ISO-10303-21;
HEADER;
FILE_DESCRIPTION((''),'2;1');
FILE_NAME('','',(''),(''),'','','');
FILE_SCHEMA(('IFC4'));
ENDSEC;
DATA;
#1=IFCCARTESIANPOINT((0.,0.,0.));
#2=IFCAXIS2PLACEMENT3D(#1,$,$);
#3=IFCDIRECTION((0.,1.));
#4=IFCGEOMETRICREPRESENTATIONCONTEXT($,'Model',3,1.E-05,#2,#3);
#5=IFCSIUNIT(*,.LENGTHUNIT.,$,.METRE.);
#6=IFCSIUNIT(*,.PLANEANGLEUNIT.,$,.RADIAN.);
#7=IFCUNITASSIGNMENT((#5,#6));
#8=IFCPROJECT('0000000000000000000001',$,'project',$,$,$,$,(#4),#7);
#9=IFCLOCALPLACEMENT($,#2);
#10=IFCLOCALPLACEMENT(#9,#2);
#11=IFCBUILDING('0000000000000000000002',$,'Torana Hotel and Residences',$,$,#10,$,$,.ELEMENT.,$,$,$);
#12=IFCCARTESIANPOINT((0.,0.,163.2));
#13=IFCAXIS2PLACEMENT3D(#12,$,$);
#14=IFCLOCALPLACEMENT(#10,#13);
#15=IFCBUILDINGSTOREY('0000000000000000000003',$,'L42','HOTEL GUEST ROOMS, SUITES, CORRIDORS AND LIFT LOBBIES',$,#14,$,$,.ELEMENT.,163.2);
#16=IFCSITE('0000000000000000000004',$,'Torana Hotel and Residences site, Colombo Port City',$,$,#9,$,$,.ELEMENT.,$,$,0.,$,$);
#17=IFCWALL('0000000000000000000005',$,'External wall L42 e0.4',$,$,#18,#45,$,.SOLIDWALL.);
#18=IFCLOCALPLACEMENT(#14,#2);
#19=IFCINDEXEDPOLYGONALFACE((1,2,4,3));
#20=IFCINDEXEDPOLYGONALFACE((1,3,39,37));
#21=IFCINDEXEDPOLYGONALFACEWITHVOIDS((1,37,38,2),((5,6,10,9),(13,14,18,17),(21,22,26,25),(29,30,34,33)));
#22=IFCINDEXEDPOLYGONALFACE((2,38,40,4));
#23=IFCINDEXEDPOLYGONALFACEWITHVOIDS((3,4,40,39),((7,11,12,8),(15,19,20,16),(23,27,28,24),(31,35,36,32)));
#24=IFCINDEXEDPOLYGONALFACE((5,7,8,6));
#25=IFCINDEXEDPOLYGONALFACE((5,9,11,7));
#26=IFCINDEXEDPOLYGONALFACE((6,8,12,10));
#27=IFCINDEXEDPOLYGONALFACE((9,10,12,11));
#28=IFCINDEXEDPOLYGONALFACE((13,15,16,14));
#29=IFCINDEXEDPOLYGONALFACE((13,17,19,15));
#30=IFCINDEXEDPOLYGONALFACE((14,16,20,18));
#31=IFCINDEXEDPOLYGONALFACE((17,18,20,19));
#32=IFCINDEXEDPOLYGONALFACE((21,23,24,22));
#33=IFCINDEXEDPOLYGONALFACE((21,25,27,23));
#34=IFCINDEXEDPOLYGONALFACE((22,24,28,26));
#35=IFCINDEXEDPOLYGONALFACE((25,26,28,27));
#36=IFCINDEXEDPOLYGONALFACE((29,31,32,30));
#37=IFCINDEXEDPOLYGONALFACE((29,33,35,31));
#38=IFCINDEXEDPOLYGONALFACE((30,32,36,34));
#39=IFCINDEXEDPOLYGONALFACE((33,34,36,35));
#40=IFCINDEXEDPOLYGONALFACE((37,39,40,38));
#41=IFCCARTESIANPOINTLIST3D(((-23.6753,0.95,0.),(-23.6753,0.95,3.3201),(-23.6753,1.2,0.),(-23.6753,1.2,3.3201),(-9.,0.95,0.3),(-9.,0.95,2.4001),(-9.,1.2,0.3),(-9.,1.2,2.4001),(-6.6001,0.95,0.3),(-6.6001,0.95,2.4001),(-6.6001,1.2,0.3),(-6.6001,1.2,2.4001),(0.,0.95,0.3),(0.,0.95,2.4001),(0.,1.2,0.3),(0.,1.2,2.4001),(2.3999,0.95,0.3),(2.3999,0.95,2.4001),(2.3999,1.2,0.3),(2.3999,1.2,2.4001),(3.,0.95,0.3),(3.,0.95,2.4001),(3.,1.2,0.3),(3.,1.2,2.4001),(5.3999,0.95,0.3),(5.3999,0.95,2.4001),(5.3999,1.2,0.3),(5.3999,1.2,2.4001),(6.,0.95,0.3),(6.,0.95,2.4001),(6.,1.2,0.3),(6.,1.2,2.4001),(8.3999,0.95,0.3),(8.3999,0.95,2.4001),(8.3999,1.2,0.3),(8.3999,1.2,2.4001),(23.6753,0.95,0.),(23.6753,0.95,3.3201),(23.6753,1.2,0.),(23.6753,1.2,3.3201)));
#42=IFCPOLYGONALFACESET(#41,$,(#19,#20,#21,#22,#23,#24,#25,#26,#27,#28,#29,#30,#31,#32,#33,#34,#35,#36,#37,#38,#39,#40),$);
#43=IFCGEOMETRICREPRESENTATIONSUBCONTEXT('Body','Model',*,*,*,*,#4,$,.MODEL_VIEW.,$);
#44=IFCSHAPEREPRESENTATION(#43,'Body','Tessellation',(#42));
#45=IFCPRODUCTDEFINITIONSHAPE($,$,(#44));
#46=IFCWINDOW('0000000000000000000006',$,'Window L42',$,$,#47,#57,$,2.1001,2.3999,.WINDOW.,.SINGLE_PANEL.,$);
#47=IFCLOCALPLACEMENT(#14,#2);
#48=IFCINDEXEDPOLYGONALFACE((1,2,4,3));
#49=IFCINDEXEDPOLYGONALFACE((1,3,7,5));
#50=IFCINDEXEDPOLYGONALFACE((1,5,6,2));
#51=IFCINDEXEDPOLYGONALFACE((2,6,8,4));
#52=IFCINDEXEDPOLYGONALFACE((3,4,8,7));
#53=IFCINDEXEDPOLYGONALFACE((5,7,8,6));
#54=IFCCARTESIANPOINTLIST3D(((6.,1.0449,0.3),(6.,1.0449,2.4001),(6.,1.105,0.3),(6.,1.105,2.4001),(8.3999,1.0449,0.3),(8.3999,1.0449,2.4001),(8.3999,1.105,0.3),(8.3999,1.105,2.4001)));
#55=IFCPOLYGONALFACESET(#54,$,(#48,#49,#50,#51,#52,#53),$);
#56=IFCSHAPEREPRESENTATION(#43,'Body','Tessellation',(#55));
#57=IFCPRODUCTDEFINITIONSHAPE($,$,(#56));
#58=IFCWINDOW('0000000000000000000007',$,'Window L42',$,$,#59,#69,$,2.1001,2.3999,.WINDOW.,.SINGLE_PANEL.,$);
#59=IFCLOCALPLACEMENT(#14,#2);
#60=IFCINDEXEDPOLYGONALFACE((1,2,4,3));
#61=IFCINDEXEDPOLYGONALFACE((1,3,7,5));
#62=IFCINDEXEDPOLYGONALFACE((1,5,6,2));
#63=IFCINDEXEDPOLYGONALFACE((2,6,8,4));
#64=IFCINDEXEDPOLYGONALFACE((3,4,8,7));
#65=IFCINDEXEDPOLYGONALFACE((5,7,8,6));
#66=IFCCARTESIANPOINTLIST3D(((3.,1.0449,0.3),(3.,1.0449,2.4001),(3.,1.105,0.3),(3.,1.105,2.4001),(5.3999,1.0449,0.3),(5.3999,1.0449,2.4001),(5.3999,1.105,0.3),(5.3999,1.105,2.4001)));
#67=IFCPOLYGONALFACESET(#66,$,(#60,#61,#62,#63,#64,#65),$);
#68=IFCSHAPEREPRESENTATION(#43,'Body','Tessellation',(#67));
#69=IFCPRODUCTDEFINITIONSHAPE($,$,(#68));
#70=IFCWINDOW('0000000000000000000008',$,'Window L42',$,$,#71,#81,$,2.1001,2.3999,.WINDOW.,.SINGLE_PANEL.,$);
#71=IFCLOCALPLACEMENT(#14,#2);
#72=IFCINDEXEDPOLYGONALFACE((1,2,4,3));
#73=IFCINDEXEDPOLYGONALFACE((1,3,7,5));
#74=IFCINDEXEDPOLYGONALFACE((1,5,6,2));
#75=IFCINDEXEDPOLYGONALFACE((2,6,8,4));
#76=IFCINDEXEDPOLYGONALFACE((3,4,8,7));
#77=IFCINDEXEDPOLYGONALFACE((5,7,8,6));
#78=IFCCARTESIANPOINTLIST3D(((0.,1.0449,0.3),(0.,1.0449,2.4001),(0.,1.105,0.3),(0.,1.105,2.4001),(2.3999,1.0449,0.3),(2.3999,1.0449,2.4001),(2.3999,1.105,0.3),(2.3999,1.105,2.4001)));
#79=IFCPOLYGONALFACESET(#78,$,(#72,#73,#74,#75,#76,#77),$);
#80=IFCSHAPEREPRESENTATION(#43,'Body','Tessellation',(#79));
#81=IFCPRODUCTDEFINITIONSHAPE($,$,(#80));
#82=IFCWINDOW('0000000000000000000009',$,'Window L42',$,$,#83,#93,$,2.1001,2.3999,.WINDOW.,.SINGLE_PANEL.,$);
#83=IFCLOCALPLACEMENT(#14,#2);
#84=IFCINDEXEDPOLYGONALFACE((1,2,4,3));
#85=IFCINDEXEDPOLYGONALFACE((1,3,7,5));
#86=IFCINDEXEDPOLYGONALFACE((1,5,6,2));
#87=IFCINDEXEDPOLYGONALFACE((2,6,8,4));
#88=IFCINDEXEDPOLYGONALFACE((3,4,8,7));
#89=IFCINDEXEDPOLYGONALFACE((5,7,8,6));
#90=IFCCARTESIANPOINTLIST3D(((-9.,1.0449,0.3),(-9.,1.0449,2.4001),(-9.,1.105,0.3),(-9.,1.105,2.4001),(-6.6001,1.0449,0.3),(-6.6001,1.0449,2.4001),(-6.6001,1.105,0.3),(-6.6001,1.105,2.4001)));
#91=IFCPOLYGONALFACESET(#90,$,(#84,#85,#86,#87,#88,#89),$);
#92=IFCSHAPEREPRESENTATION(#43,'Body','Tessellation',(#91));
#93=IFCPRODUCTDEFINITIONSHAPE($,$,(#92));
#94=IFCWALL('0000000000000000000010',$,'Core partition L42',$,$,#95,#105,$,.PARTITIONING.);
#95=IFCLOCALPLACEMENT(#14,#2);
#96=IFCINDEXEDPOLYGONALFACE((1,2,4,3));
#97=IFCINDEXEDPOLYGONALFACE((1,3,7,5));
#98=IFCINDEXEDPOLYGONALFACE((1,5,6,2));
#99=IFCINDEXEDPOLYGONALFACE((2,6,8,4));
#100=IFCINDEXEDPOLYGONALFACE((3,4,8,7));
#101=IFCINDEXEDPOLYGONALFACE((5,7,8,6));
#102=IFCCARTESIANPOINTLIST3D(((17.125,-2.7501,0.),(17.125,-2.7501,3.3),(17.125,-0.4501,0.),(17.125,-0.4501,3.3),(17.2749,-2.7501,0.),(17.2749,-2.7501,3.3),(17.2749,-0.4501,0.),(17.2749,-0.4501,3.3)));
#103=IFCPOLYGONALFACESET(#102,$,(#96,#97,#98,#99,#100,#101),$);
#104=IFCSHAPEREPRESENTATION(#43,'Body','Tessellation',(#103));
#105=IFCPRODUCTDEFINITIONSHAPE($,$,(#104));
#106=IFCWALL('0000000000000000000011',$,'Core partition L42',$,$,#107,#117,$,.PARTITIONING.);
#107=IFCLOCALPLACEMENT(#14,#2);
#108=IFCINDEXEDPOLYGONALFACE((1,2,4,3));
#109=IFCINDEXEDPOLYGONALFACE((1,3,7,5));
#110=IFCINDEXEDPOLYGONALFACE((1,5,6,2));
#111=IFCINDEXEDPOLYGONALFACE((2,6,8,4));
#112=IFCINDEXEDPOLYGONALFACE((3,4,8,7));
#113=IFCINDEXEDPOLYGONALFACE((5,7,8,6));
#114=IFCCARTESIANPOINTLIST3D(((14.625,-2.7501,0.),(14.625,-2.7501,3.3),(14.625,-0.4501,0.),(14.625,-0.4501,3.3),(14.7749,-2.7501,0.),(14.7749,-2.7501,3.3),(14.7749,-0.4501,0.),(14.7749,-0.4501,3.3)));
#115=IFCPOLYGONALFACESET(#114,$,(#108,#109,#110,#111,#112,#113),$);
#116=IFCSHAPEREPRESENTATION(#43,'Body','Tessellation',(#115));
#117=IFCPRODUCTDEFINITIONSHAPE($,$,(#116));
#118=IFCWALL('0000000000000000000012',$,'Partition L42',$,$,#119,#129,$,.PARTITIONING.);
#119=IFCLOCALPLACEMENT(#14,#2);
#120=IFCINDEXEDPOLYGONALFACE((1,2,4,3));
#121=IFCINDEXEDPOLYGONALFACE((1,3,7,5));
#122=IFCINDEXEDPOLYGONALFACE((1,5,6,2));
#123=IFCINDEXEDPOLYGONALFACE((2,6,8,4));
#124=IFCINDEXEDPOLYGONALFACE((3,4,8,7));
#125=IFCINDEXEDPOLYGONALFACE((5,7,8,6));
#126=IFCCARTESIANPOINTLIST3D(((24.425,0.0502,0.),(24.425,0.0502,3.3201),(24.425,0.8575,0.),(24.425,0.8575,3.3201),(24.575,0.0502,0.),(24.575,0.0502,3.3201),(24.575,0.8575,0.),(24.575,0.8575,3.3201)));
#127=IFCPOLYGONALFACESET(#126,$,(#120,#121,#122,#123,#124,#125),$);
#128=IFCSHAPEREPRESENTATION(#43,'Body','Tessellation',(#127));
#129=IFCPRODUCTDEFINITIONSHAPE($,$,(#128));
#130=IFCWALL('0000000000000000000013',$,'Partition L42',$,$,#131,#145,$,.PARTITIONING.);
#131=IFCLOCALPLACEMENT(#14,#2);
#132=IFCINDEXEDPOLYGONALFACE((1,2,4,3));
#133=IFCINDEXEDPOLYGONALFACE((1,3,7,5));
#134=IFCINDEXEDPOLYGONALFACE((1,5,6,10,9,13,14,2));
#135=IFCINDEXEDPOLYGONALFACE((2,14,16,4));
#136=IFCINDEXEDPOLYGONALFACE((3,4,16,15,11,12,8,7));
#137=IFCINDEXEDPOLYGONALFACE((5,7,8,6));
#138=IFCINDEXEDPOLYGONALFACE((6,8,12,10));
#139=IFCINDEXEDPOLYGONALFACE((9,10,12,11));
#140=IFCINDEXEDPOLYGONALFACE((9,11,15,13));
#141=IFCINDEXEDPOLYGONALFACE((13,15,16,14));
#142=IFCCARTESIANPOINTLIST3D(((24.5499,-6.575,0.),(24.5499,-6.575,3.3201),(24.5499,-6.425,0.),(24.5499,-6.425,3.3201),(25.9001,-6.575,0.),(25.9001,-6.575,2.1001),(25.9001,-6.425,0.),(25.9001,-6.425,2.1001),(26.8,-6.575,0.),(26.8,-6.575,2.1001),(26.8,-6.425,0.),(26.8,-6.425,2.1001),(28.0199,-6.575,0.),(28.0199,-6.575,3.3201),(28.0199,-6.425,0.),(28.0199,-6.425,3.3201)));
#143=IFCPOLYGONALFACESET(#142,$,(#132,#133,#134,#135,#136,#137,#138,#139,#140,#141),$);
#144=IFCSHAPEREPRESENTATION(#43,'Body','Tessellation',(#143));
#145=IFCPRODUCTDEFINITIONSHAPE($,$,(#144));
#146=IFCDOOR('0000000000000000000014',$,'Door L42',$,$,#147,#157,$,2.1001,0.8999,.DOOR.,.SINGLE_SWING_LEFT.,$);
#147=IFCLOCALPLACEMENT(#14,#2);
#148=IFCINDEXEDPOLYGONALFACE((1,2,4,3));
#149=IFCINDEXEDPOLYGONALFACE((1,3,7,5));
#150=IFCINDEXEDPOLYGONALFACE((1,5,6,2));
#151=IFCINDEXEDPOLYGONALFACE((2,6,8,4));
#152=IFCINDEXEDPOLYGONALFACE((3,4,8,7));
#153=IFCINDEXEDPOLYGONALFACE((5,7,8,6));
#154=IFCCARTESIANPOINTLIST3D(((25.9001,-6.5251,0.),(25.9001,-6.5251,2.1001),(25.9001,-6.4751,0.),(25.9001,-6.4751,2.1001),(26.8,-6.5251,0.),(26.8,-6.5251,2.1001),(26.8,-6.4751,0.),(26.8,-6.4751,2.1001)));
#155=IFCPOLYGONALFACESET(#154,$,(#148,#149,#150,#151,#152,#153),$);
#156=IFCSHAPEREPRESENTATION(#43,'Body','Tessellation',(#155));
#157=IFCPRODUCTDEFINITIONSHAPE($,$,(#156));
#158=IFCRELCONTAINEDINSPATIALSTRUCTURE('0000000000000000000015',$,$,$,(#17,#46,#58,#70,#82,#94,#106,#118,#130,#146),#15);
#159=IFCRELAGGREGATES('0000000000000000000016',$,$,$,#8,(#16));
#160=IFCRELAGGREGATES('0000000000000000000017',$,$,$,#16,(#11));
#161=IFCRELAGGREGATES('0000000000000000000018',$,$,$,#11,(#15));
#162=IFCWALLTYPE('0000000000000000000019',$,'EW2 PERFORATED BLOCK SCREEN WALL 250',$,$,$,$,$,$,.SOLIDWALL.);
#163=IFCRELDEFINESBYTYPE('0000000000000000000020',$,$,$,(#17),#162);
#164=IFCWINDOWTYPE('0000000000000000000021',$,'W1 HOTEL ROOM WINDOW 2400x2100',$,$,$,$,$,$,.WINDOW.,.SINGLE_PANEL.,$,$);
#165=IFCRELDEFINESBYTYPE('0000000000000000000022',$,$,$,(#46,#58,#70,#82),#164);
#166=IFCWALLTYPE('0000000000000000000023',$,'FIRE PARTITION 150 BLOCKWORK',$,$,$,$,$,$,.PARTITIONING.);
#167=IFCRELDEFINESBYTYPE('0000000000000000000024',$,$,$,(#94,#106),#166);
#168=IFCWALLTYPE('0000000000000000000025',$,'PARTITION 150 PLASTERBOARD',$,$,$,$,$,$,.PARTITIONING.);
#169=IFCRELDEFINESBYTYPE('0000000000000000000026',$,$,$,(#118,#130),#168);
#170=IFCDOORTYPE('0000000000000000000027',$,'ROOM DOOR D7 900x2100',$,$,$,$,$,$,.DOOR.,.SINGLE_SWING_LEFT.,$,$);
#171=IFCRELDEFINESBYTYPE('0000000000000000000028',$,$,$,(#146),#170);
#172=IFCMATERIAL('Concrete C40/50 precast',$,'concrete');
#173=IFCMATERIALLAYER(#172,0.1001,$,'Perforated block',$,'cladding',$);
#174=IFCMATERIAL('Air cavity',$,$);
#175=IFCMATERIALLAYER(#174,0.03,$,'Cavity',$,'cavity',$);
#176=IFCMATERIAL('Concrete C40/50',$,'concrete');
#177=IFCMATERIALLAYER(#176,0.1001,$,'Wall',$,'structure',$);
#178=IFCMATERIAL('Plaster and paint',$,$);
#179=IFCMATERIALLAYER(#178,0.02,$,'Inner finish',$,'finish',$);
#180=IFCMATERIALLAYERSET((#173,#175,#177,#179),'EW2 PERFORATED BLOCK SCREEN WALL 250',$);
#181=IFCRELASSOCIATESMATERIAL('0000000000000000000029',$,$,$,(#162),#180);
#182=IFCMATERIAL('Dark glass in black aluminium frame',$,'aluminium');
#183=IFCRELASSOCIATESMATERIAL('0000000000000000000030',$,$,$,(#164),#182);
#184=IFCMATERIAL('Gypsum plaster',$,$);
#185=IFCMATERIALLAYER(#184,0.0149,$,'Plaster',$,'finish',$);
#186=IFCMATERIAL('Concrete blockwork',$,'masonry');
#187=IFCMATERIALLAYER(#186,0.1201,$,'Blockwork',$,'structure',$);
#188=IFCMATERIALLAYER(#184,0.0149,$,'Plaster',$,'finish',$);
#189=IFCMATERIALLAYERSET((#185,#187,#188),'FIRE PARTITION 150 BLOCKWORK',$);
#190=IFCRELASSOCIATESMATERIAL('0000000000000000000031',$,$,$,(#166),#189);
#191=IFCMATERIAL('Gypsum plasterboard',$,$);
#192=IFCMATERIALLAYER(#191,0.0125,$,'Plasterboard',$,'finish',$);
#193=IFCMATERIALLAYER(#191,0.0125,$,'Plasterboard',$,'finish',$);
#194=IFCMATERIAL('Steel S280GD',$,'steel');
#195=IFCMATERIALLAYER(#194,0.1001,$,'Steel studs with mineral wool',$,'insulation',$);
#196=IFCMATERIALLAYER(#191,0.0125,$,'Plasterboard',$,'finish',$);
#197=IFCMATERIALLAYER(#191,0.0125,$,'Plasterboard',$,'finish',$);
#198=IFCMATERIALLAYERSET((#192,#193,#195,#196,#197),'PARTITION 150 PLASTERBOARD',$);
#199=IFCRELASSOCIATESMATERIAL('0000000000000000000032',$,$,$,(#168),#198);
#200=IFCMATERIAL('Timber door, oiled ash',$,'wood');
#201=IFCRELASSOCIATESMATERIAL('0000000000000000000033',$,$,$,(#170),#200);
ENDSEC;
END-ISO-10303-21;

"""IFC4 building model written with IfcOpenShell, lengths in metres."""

from ifc_helpers import new_model, si_unit, direction, frame, frame_2d, origin, place, context, subcontext, project, spatial, rectangle, extrude, material, layer, layer_set, type_object, element, fill, save


model = new_model("IFC4")

# Units and contexts
model_context = context("Model", 3, precision=1e-05, world=origin(), true_north=direction((0.0, 1.0)))
body_context = subcontext(model_context, "Body", "Model", "MODEL_VIEW")
ifc_project = project(units=[si_unit("LENGTHUNIT", "METRE"), si_unit("PLANEANGLEUNIT", "RADIAN")], contexts=[model_context])

# Site, building, storey
site_placement = place(None, origin())
site = spatial("IfcSite", under=ifc_project, at=site_placement, Name="Torana Hotel and Residences site, Colombo Port City", CompositionType="ELEMENT", RefElevation=0.0)
building_placement = place(site_placement, origin())
building = spatial("IfcBuilding", under=site, at=building_placement, Name="Torana Hotel and Residences", CompositionType="ELEMENT")
storey_placement = place(building_placement, frame((0.0, 0.0, 163.2)))
storey = spatial("IfcBuildingStorey", under=building, at=storey_placement, Name="L42", Description="HOTEL GUEST ROOMS, SUITES, CORRIDORS AND LIFT LOBBIES", CompositionType="ELEMENT", Elevation=163.2)

# Shared definitions
ifc_material_1 = material(Name="Steel S280GD", Category="steel")

# Wall, openings, windows
ifc_material_2 = material(Name="Concrete C40/50 precast", Category="concrete")
ifc_layer_1 = layer(ifc_material_2, 0.1001, Name="Perforated block", Category="cladding")
ifc_material_3 = material(Name="Air cavity")
ifc_layer_2 = layer(ifc_material_3, 0.03, Name="Cavity", Category="cavity")
ifc_material_4 = material(Name="Concrete C40/50", Category="concrete")
ifc_layer_3 = layer(ifc_material_4, 0.1001, Name="Wall", Category="structure")
ifc_material_5 = material(Name="Plaster and paint")
ifc_layer_4 = layer(ifc_material_5, 0.02, Name="Inner finish", Category="finish")
ifc_layer_set_1 = layer_set([ifc_layer_1, ifc_layer_2, ifc_layer_3, ifc_layer_4], Name="EW2 PERFORATED BLOCK SCREEN WALL 250")
wall_type_1 = type_object("IfcWallType", Name="EW2 PERFORATED BLOCK SCREEN WALL 250", PredefinedType="SOLIDWALL", material=ifc_layer_set_1)
wall_1_placement = place(storey_placement, frame((23.6753, 1.075, 0.0), z_axis=(0.0, 0.0, 1.0), x_axis=(-1.0, 0.0, 0.0)))
wall_1 = element("IfcWall", 1, at=wall_1_placement, inside=storey, type_object=wall_type_1, Name="External wall L42 e0.4", PredefinedType="SOLIDWALL", context=body_context, shape_type="SweptSolid", body=[
    extrude(rectangle(XDim=47.3506, YDim=0.25, at=frame_2d((23.6753, 0.0))), origin(), (0.0, 0.0, 1.0), 3.3201),
])
opening_1_placement = place(wall_1_placement, frame((15.2754, 0.0, 0.3)))
opening_1 = element("IfcOpeningElement", 2, at=opening_1_placement, cuts=wall_1, PredefinedType="OPENING", context=body_context, shape_type="SweptSolid", body=[
    extrude(rectangle(XDim=2.3999, YDim=2.1001, at=frame_2d((1.2, 1.05))), frame((0.0, 0.135, 0.0), z_axis=(0.0, -1.0, 0.0), x_axis=(1.0, 0.0, 0.0)), (0.0, 0.0, 1.0), 0.27),
])
opening_2_placement = place(wall_1_placement, frame((18.2754, 0.0, 0.3)))
opening_2 = element("IfcOpeningElement", 3, at=opening_2_placement, cuts=wall_1, PredefinedType="OPENING", context=body_context, shape_type="SweptSolid", body=[
    extrude(rectangle(XDim=2.3999, YDim=2.1001, at=frame_2d((1.2, 1.05))), frame((0.0, 0.135, 0.0), z_axis=(0.0, -1.0, 0.0), x_axis=(1.0, 0.0, 0.0)), (0.0, 0.0, 1.0), 0.27),
])
opening_3_placement = place(wall_1_placement, frame((21.2754, 0.0, 0.3)))
opening_3 = element("IfcOpeningElement", 4, at=opening_3_placement, cuts=wall_1, PredefinedType="OPENING", context=body_context, shape_type="SweptSolid", body=[
    extrude(rectangle(XDim=2.3999, YDim=2.1001, at=frame_2d((1.2, 1.05))), frame((0.0, 0.135, 0.0), z_axis=(0.0, -1.0, 0.0), x_axis=(1.0, 0.0, 0.0)), (0.0, 0.0, 1.0), 0.27),
])
opening_4_placement = place(wall_1_placement, frame((30.2754, 0.0, 0.3)))
opening_4 = element("IfcOpeningElement", 5, at=opening_4_placement, cuts=wall_1, PredefinedType="OPENING", context=body_context, shape_type="SweptSolid", body=[
    extrude(rectangle(XDim=2.3999, YDim=2.1001, at=frame_2d((1.2, 1.05))), frame((0.0, 0.135, 0.0), z_axis=(0.0, -1.0, 0.0), x_axis=(1.0, 0.0, 0.0)), (0.0, 0.0, 1.0), 0.27),
])
ifc_material_6 = material(Name="Dark glass in black aluminium frame", Category="aluminium")
window_type = type_object("IfcWindowType", Name="W1 HOTEL ROOM WINDOW 2400x2100", PartitioningType="SINGLE_PANEL", PredefinedType="WINDOW", material=ifc_material_6)
window_1_placement = place(opening_1_placement, origin())
window_1 = element("IfcWindow", 6, at=window_1_placement, inside=storey, type_object=window_type, Name="Window L42", OverallHeight=2.1001, OverallWidth=2.3999, PartitioningType="SINGLE_PANEL", PredefinedType="WINDOW", context=body_context, shape_type="SweptSolid", body=[
    extrude(rectangle(XDim=2.3999, YDim=2.1001, at=frame_2d((1.2, 1.05))), frame((0.0, 0.03, 0.0), z_axis=(0.0, -1.0, 0.0), x_axis=(1.0, 0.0, 0.0)), (0.0, 0.0, 1.0), 0.0601),
])
fill(opening_1, window_1)
window_2_placement = place(opening_2_placement, origin())
window_2 = element("IfcWindow", 7, at=window_2_placement, inside=storey, type_object=window_type, Name="Window L42", OverallHeight=2.1001, OverallWidth=2.3999, PartitioningType="SINGLE_PANEL", PredefinedType="WINDOW", context=body_context, shape_type="SweptSolid", body=[
    extrude(rectangle(XDim=2.3999, YDim=2.1001, at=frame_2d((1.2, 1.05))), frame((0.0, 0.03, 0.0), z_axis=(0.0, -1.0, 0.0), x_axis=(1.0, 0.0, 0.0)), (0.0, 0.0, 1.0), 0.0601),
])
fill(opening_2, window_2)
window_3_placement = place(opening_3_placement, origin())
window_3 = element("IfcWindow", 8, at=window_3_placement, inside=storey, type_object=window_type, Name="Window L42", OverallHeight=2.1001, OverallWidth=2.3999, PartitioningType="SINGLE_PANEL", PredefinedType="WINDOW", context=body_context, shape_type="SweptSolid", body=[
    extrude(rectangle(XDim=2.3999, YDim=2.1001, at=frame_2d((1.2, 1.05))), frame((0.0, 0.03, 0.0), z_axis=(0.0, -1.0, 0.0), x_axis=(1.0, 0.0, 0.0)), (0.0, 0.0, 1.0), 0.0601),
])
fill(opening_3, window_3)
window_4_placement = place(opening_4_placement, origin())
window_4 = element("IfcWindow", 9, at=window_4_placement, inside=storey, type_object=window_type, Name="Window L42", OverallHeight=2.1001, OverallWidth=2.3999, PartitioningType="SINGLE_PANEL", PredefinedType="WINDOW", context=body_context, shape_type="SweptSolid", body=[
    extrude(rectangle(XDim=2.3999, YDim=2.1001, at=frame_2d((1.2, 1.05))), frame((0.0, 0.03, 0.0), z_axis=(0.0, -1.0, 0.0), x_axis=(1.0, 0.0, 0.0)), (0.0, 0.0, 1.0), 0.0601),
])
fill(opening_4, window_4)

# Walls
ifc_material_7 = material(Name="Gypsum plaster")
ifc_layer_5 = layer(ifc_material_7, 0.0149, Name="Plaster", Category="finish")
ifc_material_8 = material(Name="Concrete blockwork", Category="masonry")
ifc_layer_6 = layer(ifc_material_8, 0.1201, Name="Blockwork", Category="structure")
ifc_layer_7 = layer(ifc_material_7, 0.0149, Name="Plaster", Category="finish")
ifc_layer_set_2 = layer_set([ifc_layer_5, ifc_layer_6, ifc_layer_7], Name="FIRE PARTITION 150 BLOCKWORK")
wall_type_2 = type_object("IfcWallType", Name="FIRE PARTITION 150 BLOCKWORK", PredefinedType="PARTITIONING", material=ifc_layer_set_2)
for number, where, z_axis, x_axis, name in (
    (10, (17.2, -2.75, 0.0), (0.0, 0.0, 1.0), (0.0, 1.0, 0.0), "Core partition L42"),
    (11, (14.7, -2.75, 0.0), (0.0, 0.0, 1.0), (0.0, 1.0, 0.0), "Core partition L42"),
):
    element("IfcWall", number, at=place(storey_placement, frame(where, z_axis=z_axis, x_axis=x_axis)), inside=storey, type_object=wall_type_2, Name=name, PredefinedType="PARTITIONING", context=body_context, shape_type="SweptSolid", body=[
        extrude(rectangle(XDim=2.3, YDim=0.1499, at=frame_2d((1.1499, 0.0))), origin(), (0.0, 0.0, 1.0), 3.3),
    ])
ifc_material_9 = material(Name="Gypsum plasterboard")
ifc_layer_8 = layer(ifc_material_9, 0.0125, Name="Plasterboard", Category="finish")
ifc_layer_9 = layer(ifc_material_9, 0.0125, Name="Plasterboard", Category="finish")
ifc_layer_10 = layer(ifc_material_1, 0.1001, Name="Steel studs with mineral wool", Category="insulation")
ifc_layer_11 = layer(ifc_material_9, 0.0125, Name="Plasterboard", Category="finish")
ifc_layer_12 = layer(ifc_material_9, 0.0125, Name="Plasterboard", Category="finish")
ifc_layer_set_3 = layer_set([ifc_layer_8, ifc_layer_9, ifc_layer_10, ifc_layer_11, ifc_layer_12], Name="PARTITION 150 PLASTERBOARD")
wall_type_3 = type_object("IfcWallType", Name="PARTITION 150 PLASTERBOARD", PredefinedType="PARTITIONING", material=ifc_layer_set_3)
wall_2_placement = place(storey_placement, frame((24.5, 0.05, 0.0), z_axis=(0.0, 0.0, 1.0), x_axis=(0.0, 1.0, 0.0)))
element("IfcWall", 12, at=wall_2_placement, inside=storey, type_object=wall_type_3, Name="Partition L42", PredefinedType="PARTITIONING", context=body_context, shape_type="SweptSolid", body=[
    extrude(rectangle(XDim=0.8074, YDim=0.1499, at=frame_2d((0.4038, 0.0))), origin(), (0.0, 0.0, 1.0), 3.3201),
])

# Wall, opening, door
wall_3_placement = place(storey_placement, frame((24.55, -6.5, 0.0), z_axis=(0.0, 0.0, 1.0), x_axis=(1.0, 0.0, 0.0)))
wall_3 = element("IfcWall", 13, at=wall_3_placement, inside=storey, type_object=wall_type_3, Name="Partition L42", PredefinedType="PARTITIONING", context=body_context, shape_type="SweptSolid", body=[
    extrude(rectangle(XDim=3.47, YDim=0.1499, at=frame_2d((1.7349, 0.0))), origin(), (0.0, 0.0, 1.0), 3.3201),
])
opening_5_placement = place(wall_3_placement, frame((1.3501, 0.0, 0.0)))
opening_5 = element("IfcOpeningElement", 14, at=opening_5_placement, cuts=wall_3, PredefinedType="OPENING", context=body_context, shape_type="SweptSolid", body=[
    extrude(rectangle(XDim=0.8999, YDim=2.1001, at=frame_2d((0.45, 1.05))), frame((0.0, 0.085, 0.0), z_axis=(0.0, -1.0, 0.0), x_axis=(1.0, 0.0, 0.0)), (0.0, 0.0, 1.0), 0.1699),
])
ifc_material_10 = material(Name="Timber door, oiled ash", Category="wood")
door_type = type_object("IfcDoorType", Name="ROOM DOOR D7 900x2100", OperationType="SINGLE_SWING_LEFT", PredefinedType="DOOR", material=ifc_material_10)
door_placement = place(opening_5_placement, origin())
door = element("IfcDoor", 15, at=door_placement, inside=storey, type_object=door_type, Name="Door L42", OperationType="SINGLE_SWING_LEFT", OverallHeight=2.1001, OverallWidth=0.8999, PredefinedType="DOOR", context=body_context, shape_type="SweptSolid", body=[
    extrude(rectangle(XDim=0.8999, YDim=2.1001, at=frame_2d((0.45, 1.05))), frame((0.0, 0.0249, 0.0), z_axis=(0.0, -1.0, 0.0), x_axis=(1.0, 0.0, 0.0)), (0.0, 0.0, 1.0), 0.05),
])
fill(opening_5, door)

save(model, "model.ifc")
